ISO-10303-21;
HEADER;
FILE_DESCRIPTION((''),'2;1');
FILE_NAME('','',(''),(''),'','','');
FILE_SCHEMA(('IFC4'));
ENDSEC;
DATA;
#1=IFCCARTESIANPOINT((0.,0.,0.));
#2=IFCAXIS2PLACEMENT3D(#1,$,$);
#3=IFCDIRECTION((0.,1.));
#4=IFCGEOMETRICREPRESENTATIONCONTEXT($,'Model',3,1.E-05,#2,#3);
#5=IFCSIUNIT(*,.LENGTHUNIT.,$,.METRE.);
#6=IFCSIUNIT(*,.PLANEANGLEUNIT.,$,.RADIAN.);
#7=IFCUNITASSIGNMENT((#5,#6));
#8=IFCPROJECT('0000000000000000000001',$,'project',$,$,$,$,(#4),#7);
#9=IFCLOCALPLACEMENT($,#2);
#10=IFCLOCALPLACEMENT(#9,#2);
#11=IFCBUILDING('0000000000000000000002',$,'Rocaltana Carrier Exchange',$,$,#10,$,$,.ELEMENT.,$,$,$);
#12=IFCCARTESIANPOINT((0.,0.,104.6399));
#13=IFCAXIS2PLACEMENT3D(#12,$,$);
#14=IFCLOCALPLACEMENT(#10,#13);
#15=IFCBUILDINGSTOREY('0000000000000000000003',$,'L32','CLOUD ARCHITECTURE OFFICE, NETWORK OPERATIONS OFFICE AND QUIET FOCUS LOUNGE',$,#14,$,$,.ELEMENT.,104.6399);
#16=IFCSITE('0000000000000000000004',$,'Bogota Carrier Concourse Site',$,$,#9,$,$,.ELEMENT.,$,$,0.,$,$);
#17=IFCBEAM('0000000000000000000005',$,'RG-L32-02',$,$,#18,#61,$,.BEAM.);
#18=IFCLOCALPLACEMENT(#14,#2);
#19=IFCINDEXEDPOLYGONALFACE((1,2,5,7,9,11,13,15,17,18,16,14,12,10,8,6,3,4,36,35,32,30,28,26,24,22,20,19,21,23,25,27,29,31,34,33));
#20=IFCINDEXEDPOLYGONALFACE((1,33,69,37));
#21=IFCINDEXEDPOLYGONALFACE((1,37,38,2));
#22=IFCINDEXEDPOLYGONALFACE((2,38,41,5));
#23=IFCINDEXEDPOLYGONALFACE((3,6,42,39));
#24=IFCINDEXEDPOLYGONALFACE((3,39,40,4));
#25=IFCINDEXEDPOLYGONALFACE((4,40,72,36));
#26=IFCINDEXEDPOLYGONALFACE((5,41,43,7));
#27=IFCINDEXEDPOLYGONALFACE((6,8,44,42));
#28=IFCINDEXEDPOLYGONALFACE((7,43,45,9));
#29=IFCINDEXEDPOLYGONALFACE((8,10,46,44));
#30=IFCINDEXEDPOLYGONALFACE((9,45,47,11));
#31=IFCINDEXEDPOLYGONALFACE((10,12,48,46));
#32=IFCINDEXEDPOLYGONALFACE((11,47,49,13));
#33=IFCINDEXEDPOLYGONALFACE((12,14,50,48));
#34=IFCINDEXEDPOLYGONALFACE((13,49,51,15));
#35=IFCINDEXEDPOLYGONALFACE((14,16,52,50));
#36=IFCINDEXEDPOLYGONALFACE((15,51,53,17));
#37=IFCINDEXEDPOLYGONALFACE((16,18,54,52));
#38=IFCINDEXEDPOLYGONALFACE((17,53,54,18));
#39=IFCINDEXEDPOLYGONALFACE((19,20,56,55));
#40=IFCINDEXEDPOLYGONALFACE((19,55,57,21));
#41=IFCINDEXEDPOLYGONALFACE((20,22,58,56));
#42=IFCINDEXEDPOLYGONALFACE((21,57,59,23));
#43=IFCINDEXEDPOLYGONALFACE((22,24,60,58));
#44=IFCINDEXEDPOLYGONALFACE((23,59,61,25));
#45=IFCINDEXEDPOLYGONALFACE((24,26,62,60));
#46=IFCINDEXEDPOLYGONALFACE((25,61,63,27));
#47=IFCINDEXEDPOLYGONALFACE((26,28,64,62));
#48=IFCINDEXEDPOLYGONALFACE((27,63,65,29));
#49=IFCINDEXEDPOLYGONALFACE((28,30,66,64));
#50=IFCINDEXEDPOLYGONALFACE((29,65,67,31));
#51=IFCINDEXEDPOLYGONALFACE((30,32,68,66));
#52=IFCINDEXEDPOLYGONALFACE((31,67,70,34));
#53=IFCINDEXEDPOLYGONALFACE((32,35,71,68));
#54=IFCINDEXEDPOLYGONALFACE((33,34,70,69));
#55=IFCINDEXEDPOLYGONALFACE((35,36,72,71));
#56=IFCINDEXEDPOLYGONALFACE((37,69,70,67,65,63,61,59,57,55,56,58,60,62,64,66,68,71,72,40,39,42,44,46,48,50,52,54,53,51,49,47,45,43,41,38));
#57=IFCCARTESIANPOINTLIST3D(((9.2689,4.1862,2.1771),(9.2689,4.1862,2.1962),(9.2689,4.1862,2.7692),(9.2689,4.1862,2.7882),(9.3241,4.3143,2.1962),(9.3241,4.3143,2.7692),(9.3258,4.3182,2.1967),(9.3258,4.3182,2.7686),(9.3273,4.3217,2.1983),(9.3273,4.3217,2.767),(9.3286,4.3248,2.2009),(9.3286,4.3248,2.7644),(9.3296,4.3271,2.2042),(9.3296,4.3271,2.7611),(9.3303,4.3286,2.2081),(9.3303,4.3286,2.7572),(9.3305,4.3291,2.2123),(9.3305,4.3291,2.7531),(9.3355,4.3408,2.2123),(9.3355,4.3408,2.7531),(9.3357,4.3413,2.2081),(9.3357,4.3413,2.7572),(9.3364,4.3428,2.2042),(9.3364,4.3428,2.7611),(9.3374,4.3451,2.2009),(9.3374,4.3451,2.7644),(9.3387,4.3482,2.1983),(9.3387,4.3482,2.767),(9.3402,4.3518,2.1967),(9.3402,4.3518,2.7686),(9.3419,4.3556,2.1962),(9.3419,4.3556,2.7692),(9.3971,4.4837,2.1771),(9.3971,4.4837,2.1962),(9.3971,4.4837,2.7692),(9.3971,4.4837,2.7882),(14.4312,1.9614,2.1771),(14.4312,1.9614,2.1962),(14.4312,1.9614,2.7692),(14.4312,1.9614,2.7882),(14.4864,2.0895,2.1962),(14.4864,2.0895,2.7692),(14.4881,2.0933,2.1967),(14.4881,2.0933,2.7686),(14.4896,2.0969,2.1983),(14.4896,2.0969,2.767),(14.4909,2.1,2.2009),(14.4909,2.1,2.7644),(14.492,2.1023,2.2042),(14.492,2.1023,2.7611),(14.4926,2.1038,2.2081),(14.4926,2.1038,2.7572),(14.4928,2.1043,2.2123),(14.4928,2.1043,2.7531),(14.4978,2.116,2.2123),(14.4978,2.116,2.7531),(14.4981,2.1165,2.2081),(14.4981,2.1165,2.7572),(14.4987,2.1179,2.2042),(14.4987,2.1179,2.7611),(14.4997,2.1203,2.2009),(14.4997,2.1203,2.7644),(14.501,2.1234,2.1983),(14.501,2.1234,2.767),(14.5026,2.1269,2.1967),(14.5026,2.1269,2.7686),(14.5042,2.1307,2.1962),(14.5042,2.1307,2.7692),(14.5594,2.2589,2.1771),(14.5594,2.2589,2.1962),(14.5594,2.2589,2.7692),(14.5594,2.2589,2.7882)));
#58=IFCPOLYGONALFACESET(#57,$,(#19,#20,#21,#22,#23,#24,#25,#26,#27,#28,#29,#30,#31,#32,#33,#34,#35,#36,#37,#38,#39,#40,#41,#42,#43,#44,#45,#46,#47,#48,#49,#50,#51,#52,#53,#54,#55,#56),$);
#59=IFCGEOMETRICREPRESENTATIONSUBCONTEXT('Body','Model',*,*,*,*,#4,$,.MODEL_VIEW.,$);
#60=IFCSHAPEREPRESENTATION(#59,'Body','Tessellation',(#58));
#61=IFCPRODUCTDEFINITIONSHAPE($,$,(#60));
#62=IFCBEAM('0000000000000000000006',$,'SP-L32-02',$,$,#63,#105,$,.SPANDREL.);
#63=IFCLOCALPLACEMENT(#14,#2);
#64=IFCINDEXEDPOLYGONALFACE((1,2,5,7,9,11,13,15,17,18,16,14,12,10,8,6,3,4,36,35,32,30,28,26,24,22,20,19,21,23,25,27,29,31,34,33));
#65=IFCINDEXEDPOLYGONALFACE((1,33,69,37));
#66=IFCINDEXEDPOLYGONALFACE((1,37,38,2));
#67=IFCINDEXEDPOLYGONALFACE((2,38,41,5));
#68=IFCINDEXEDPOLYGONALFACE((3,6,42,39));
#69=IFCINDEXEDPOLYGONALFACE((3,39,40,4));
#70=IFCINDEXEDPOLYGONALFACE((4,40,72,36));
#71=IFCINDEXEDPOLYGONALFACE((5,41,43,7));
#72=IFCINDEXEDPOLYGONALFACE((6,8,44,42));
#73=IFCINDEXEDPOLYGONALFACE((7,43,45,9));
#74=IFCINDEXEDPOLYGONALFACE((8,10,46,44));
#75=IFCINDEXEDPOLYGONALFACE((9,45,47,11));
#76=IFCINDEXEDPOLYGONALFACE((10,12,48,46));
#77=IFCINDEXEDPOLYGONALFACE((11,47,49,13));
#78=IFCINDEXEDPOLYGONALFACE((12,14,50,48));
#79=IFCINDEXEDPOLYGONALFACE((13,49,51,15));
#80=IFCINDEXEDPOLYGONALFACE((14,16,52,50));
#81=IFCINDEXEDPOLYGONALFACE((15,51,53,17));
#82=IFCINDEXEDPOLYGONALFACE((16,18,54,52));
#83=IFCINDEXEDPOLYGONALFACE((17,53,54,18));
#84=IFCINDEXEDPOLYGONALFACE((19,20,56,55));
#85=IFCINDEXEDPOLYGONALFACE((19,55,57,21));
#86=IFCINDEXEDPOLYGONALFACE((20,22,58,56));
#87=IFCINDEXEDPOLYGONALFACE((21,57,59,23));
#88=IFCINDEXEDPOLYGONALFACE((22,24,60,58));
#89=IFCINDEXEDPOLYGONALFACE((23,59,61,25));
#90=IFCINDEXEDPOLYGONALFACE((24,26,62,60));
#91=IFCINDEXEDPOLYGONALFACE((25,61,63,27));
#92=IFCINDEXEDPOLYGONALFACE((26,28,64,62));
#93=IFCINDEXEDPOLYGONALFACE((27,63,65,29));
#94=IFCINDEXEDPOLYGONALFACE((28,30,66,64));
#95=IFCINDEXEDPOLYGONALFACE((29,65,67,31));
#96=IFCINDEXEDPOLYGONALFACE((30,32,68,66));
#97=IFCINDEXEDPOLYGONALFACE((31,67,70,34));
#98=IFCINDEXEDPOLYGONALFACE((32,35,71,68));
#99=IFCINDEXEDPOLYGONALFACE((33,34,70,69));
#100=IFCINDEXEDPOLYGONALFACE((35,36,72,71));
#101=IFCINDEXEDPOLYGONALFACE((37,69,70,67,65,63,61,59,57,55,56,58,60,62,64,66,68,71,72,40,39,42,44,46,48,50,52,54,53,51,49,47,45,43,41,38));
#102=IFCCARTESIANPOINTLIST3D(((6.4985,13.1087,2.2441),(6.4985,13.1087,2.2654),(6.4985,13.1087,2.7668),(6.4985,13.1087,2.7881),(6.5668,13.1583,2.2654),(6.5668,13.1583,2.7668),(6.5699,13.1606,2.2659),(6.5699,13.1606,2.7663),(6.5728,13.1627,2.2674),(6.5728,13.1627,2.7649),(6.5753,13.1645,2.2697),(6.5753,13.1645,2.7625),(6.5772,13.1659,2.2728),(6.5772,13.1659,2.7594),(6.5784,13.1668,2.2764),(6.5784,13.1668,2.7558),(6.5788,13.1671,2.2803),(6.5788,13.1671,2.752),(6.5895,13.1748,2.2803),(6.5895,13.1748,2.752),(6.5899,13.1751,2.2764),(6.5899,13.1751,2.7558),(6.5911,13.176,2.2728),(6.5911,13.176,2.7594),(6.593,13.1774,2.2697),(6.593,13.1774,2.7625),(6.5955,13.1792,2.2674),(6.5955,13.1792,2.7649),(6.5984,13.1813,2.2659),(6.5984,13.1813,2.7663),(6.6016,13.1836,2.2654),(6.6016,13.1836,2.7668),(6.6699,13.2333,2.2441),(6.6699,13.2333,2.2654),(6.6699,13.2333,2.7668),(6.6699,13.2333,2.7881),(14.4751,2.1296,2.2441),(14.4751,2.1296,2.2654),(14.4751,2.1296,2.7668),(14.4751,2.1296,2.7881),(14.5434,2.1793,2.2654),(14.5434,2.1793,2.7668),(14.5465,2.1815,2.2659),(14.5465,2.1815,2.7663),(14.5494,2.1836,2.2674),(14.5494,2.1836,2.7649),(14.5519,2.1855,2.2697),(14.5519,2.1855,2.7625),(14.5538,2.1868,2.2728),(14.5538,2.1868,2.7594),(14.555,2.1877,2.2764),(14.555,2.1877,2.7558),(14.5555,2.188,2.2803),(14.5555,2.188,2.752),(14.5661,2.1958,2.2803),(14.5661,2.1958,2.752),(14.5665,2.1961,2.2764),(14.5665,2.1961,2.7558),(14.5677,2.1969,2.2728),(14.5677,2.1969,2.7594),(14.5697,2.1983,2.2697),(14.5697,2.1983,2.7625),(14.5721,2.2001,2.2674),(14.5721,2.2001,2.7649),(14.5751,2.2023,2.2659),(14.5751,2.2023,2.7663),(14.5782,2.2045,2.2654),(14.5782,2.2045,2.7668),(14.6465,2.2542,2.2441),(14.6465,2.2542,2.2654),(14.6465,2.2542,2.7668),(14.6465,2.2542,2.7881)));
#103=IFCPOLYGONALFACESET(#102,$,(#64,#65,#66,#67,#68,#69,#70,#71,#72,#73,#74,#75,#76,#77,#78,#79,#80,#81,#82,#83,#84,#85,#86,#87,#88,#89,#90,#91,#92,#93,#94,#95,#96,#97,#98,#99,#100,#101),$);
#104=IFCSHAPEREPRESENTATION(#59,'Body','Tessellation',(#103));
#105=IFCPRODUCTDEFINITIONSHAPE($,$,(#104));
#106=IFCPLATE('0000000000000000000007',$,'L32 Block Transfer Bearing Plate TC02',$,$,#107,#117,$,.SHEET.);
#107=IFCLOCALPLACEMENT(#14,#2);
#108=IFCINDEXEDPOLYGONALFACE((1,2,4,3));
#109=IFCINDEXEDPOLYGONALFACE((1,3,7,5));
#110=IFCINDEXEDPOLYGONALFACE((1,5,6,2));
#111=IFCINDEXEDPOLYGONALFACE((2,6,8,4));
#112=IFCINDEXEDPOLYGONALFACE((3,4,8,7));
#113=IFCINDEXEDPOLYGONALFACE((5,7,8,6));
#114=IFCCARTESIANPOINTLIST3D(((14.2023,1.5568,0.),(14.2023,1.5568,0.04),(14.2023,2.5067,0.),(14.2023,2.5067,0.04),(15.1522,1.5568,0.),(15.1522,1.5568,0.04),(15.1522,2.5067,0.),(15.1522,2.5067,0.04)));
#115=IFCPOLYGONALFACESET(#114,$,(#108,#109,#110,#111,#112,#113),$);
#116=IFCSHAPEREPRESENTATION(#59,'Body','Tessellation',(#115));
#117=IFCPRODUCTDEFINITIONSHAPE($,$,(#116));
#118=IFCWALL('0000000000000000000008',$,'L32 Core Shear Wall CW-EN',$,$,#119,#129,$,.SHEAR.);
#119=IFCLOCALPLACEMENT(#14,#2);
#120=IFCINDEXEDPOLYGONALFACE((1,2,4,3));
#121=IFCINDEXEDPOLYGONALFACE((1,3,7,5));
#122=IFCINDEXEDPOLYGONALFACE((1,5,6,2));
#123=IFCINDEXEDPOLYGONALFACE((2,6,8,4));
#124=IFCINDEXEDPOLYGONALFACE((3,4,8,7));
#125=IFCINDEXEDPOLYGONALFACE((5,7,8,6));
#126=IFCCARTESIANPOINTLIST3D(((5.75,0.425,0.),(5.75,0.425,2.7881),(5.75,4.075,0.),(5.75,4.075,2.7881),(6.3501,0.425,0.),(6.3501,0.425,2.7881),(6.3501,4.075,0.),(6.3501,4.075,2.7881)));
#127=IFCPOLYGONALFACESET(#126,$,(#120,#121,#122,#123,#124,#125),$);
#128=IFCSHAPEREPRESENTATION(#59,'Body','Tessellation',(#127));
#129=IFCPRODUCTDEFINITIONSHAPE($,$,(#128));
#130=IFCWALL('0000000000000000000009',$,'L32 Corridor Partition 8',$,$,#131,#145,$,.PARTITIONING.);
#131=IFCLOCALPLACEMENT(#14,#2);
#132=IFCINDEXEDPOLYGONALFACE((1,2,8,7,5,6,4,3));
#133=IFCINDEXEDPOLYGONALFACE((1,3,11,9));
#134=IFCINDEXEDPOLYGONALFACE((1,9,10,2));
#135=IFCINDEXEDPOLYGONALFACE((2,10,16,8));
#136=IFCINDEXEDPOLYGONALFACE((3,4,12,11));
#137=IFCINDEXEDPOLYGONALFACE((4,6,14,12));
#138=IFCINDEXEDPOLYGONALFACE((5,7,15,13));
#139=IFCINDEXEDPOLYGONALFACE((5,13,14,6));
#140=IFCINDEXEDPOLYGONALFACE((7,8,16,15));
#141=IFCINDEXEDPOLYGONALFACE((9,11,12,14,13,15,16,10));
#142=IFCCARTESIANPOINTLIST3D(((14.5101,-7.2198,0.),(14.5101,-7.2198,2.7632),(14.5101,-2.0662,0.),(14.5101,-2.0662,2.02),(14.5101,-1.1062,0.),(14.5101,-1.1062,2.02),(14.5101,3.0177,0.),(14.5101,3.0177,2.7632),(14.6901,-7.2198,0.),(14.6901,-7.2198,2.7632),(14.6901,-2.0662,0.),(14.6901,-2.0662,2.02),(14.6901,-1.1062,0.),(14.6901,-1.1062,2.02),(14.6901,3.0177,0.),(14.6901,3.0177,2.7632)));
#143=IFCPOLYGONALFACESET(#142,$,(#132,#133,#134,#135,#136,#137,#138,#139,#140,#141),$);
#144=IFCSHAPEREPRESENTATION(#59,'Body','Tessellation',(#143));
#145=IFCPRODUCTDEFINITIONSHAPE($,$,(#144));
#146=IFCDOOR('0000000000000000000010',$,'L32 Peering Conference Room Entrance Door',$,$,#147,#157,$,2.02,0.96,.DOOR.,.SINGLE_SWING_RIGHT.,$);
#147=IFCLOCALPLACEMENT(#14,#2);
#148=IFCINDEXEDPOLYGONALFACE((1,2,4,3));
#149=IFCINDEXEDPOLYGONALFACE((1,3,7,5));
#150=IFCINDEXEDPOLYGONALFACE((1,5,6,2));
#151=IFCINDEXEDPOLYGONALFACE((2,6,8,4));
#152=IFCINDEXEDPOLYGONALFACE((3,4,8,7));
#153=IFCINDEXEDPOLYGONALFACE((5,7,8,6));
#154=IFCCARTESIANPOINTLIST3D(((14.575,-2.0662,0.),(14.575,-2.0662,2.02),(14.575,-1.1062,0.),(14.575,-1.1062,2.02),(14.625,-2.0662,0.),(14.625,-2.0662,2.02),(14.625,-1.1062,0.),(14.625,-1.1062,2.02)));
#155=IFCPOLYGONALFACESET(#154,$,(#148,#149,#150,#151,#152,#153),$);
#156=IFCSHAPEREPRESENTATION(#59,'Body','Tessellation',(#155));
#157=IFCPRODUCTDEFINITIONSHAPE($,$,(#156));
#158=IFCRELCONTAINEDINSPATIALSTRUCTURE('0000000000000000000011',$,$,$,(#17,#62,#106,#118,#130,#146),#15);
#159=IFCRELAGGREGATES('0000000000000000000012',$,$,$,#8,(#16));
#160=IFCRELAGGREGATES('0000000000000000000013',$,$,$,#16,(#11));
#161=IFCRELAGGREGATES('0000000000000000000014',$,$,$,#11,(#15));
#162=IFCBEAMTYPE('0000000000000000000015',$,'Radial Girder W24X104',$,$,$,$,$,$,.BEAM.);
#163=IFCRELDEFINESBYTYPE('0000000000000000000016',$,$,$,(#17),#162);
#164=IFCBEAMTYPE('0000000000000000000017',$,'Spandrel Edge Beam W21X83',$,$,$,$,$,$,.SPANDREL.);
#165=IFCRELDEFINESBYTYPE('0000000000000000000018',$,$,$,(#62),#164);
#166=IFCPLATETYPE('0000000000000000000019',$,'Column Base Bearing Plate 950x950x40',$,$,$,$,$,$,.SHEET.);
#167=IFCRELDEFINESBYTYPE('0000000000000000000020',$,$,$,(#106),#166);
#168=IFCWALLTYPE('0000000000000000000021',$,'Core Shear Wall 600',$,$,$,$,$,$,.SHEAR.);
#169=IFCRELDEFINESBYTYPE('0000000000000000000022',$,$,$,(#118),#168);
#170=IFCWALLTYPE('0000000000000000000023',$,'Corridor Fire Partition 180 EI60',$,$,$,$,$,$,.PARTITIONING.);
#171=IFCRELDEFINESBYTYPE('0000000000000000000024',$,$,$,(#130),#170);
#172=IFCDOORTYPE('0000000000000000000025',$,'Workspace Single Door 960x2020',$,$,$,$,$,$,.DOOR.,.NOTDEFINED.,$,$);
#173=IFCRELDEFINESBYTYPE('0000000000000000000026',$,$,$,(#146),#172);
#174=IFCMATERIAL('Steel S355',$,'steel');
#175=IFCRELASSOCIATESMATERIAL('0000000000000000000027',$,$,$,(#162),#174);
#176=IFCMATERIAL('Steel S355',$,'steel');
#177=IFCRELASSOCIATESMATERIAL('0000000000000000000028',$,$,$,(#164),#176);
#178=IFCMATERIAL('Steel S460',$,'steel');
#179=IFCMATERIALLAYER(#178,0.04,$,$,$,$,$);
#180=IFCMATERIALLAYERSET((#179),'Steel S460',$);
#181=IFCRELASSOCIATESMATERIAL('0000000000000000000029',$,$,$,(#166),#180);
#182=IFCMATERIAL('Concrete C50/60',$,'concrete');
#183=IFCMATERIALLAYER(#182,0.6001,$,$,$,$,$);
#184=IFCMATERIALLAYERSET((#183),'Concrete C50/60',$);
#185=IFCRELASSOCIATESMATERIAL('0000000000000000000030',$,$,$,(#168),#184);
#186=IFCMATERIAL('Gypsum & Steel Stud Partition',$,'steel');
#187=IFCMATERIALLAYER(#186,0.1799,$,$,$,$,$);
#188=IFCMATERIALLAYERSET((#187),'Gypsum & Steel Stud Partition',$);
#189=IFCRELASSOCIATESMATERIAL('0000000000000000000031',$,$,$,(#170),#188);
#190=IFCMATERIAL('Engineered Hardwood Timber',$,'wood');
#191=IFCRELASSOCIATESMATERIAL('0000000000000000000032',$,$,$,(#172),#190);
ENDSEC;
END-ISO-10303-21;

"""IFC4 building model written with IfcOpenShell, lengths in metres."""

from ifc_helpers import new_model, si_unit, direction, frame, frame_2d, origin, origin_2d, place, context, subcontext, project, spatial, rectangle, i_section, extrude, material, layer, layer_set, material_profile, profile_set, type_object, element, fill, save


model = new_model("IFC4")

# Units and contexts
model_context = context("Model", 3, precision=1e-05, world=origin(), true_north=direction((0.0, 1.0)))
body_context = subcontext(model_context, "Body", "Model", "MODEL_VIEW")
ifc_project = project(units=[si_unit("LENGTHUNIT", "METRE"), si_unit("PLANEANGLEUNIT", "RADIAN")], contexts=[model_context])

# Site, building, storey
site_placement = place(None, origin())
site = spatial("IfcSite", under=ifc_project, at=site_placement, Name="Bogota Carrier Concourse Site", CompositionType="ELEMENT", RefElevation=0.0)
building_placement = place(site_placement, origin())
building = spatial("IfcBuilding", under=site, at=building_placement, Name="Rocaltana Carrier Exchange", CompositionType="ELEMENT")
storey_placement = place(building_placement, frame((0.0, 0.0, 104.6399)))
storey = spatial("IfcBuildingStorey", under=building, at=storey_placement, Name="L32", Description="CLOUD ARCHITECTURE OFFICE, NETWORK OPERATIONS OFFICE AND QUIET FOCUS LOUNGE", CompositionType="ELEMENT", Elevation=104.6399)

# Beams
ifc_material_1 = material(Name="Steel S355", Category="steel")
ifc_material_profile_1 = material_profile(ifc_material_1, i_section(OverallWidth=0.324, OverallDepth=0.6111, WebThickness=0.0127, FlangeThickness=0.019, FilletRadius=0.0161, at=origin_2d()), Name="W24X104")
ifc_profile_set_1 = profile_set([ifc_material_profile_1], Name="Steel S355")
beam_type_1 = type_object("IfcBeamType", Name="Radial Girder W24X104", PredefinedType="BEAM", material=ifc_profile_set_1)
beam_1_placement = place(storey_placement, frame((9.333, 4.335, 2.4827), z_axis=(0.918343, -0.395785, 0.0), x_axis=(0.395785, 0.918343, 0.0)))
element("IfcBeam", 1, at=beam_1_placement, inside=storey, type_object=beam_type_1, Name="RG-L32-02", PredefinedType="BEAM", context=body_context, shape_type="SweptSolid", body=[
    extrude(i_section(OverallWidth=0.324, OverallDepth=0.6111, WebThickness=0.0127, FlangeThickness=0.019, FilletRadius=0.0161, at=origin_2d()), origin(), (0.0, 0.0, 1.0), 5.6213),
])
ifc_material_2 = material(Name="Steel S355", Category="steel")
ifc_material_profile_2 = material_profile(ifc_material_2, i_section(OverallWidth=0.2119, OverallDepth=0.5439, WebThickness=0.0132, FlangeThickness=0.0212, FilletRadius=0.0149, at=origin_2d()), Name="W21X83")
ifc_profile_set_2 = profile_set([ifc_material_profile_2], Name="Steel S355")
beam_type_2 = type_object("IfcBeamType", Name="Spandrel Edge Beam W21X83", PredefinedType="SPANDREL", material=ifc_profile_set_2)
beam_2_placement = place(storey_placement, frame((14.5608, 2.1919, 2.5161), z_axis=(-0.587778, 0.809022, 0.0), x_axis=(-0.809022, -0.587778, 0.0)))
element("IfcBeam", 2, at=beam_2_placement, inside=storey, type_object=beam_type_2, Name="SP-L32-02", PredefinedType="SPANDREL", context=body_context, shape_type="SweptSolid", body=[
    extrude(i_section(OverallWidth=0.2119, OverallDepth=0.5439, WebThickness=0.0132, FlangeThickness=0.0212, FilletRadius=0.0149, at=origin_2d()), origin(), (0.0, 0.0, 1.0), 13.5708),
])

# Plate
ifc_material_3 = material(Name="Steel S460", Category="steel")
ifc_layer_1 = layer(ifc_material_3, 0.04)
ifc_layer_set_1 = layer_set([ifc_layer_1], Name="Steel S460")
plate_type = type_object("IfcPlateType", Name="Column Base Bearing Plate 950x950x40", PredefinedType="SHEET", material=ifc_layer_set_1)
plate_placement = place(storey_placement, frame((14.6772, 2.0317, 0.0), z_axis=(0.0, 0.0, 1.0), x_axis=(1.0, 0.0, 0.0)))
element("IfcPlate", 3, at=plate_placement, inside=storey, type_object=plate_type, Name="L32 Block Transfer Bearing Plate TC02", PredefinedType="SHEET", context=body_context, shape_type="SweptSolid", body=[
    extrude(rectangle(XDim=0.95, YDim=0.95, at=origin_2d()), origin(), (0.0, 0.0, 1.0), 0.04),
])

# Wall
ifc_material_4 = material(Name="Concrete C50/60", Category="concrete")
ifc_layer_2 = layer(ifc_material_4, 0.6001)
ifc_layer_set_2 = layer_set([ifc_layer_2], Name="Concrete C50/60")
wall_type_1 = type_object("IfcWallType", Name="Core Shear Wall 600", PredefinedType="SHEAR", material=ifc_layer_set_2)
wall_1_placement = place(storey_placement, frame((6.05, 0.425, 0.0), z_axis=(0.0, 0.0, 1.0), x_axis=(0.0, 1.0, 0.0)))
element("IfcWall", 4, at=wall_1_placement, inside=storey, type_object=wall_type_1, Name="L32 Core Shear Wall CW-EN", PredefinedType="SHEAR", context=body_context, shape_type="SweptSolid", body=[
    extrude(rectangle(XDim=3.6499, YDim=0.6001, at=frame_2d((1.825, 0.0))), origin(), (0.0, 0.0, 1.0), 2.7881),
])

# Wall, opening, door
ifc_material_5 = material(Name="Gypsum & Steel Stud Partition", Category="steel")
ifc_layer_3 = layer(ifc_material_5, 0.1799)
ifc_layer_set_3 = layer_set([ifc_layer_3], Name="Gypsum & Steel Stud Partition")
wall_type_2 = type_object("IfcWallType", Name="Corridor Fire Partition 180 EI60", PredefinedType="PARTITIONING", material=ifc_layer_set_3)
wall_2_placement = place(storey_placement, frame((14.6001, 3.0176, 0.0), z_axis=(0.0, 0.0, 1.0), x_axis=(0.0, -1.0, 0.0)))
wall_2 = element("IfcWall", 5, at=wall_2_placement, inside=storey, type_object=wall_type_2, Name="L32 Corridor Partition 8", PredefinedType="PARTITIONING", context=body_context, shape_type="SweptSolid", body=[
    extrude(rectangle(XDim=10.2375, YDim=0.1799, at=frame_2d((5.1187, 0.0))), origin(), (0.0, 0.0, 1.0), 2.7632),
])
opening_1_placement = place(wall_2_placement, frame((4.1238, 0.0, 0.0)))
opening_1 = element("IfcOpeningElement", 6, at=opening_1_placement, cuts=wall_2, PredefinedType="OPENING", context=body_context, shape_type="SweptSolid", body=[
    extrude(rectangle(XDim=0.96, YDim=2.02, at=frame_2d((0.48, 1.01))), frame((0.0, 0.0999, 0.0), z_axis=(0.0, -1.0, 0.0), x_axis=(1.0, 0.0, 0.0)), (0.0, 0.0, 1.0), 0.2),
])
ifc_material_6 = material(Name="Engineered Hardwood Timber", Category="wood")
door_type = type_object("IfcDoorType", Name="Workspace Single Door 960x2020", OperationType="NOTDEFINED", PredefinedType="DOOR", material=ifc_material_6)
door_1_placement = place(opening_1_placement, origin())
door_1 = element("IfcDoor", 7, at=door_1_placement, inside=storey, type_object=door_type, Name="L32 Peering Conference Room Entrance Door", OperationType="SINGLE_SWING_RIGHT", OverallHeight=2.02, OverallWidth=0.96, PredefinedType="DOOR", context=body_context, shape_type="SweptSolid", body=[
    extrude(rectangle(XDim=0.96, YDim=2.02, at=frame_2d((0.48, 1.01))), frame((0.0, 0.0249, 0.0), z_axis=(0.0, -1.0, 0.0), x_axis=(1.0, 0.0, 0.0)), (0.0, 0.0, 1.0), 0.05),
])
fill(opening_1, door_1)

save(model, "model.ifc")
